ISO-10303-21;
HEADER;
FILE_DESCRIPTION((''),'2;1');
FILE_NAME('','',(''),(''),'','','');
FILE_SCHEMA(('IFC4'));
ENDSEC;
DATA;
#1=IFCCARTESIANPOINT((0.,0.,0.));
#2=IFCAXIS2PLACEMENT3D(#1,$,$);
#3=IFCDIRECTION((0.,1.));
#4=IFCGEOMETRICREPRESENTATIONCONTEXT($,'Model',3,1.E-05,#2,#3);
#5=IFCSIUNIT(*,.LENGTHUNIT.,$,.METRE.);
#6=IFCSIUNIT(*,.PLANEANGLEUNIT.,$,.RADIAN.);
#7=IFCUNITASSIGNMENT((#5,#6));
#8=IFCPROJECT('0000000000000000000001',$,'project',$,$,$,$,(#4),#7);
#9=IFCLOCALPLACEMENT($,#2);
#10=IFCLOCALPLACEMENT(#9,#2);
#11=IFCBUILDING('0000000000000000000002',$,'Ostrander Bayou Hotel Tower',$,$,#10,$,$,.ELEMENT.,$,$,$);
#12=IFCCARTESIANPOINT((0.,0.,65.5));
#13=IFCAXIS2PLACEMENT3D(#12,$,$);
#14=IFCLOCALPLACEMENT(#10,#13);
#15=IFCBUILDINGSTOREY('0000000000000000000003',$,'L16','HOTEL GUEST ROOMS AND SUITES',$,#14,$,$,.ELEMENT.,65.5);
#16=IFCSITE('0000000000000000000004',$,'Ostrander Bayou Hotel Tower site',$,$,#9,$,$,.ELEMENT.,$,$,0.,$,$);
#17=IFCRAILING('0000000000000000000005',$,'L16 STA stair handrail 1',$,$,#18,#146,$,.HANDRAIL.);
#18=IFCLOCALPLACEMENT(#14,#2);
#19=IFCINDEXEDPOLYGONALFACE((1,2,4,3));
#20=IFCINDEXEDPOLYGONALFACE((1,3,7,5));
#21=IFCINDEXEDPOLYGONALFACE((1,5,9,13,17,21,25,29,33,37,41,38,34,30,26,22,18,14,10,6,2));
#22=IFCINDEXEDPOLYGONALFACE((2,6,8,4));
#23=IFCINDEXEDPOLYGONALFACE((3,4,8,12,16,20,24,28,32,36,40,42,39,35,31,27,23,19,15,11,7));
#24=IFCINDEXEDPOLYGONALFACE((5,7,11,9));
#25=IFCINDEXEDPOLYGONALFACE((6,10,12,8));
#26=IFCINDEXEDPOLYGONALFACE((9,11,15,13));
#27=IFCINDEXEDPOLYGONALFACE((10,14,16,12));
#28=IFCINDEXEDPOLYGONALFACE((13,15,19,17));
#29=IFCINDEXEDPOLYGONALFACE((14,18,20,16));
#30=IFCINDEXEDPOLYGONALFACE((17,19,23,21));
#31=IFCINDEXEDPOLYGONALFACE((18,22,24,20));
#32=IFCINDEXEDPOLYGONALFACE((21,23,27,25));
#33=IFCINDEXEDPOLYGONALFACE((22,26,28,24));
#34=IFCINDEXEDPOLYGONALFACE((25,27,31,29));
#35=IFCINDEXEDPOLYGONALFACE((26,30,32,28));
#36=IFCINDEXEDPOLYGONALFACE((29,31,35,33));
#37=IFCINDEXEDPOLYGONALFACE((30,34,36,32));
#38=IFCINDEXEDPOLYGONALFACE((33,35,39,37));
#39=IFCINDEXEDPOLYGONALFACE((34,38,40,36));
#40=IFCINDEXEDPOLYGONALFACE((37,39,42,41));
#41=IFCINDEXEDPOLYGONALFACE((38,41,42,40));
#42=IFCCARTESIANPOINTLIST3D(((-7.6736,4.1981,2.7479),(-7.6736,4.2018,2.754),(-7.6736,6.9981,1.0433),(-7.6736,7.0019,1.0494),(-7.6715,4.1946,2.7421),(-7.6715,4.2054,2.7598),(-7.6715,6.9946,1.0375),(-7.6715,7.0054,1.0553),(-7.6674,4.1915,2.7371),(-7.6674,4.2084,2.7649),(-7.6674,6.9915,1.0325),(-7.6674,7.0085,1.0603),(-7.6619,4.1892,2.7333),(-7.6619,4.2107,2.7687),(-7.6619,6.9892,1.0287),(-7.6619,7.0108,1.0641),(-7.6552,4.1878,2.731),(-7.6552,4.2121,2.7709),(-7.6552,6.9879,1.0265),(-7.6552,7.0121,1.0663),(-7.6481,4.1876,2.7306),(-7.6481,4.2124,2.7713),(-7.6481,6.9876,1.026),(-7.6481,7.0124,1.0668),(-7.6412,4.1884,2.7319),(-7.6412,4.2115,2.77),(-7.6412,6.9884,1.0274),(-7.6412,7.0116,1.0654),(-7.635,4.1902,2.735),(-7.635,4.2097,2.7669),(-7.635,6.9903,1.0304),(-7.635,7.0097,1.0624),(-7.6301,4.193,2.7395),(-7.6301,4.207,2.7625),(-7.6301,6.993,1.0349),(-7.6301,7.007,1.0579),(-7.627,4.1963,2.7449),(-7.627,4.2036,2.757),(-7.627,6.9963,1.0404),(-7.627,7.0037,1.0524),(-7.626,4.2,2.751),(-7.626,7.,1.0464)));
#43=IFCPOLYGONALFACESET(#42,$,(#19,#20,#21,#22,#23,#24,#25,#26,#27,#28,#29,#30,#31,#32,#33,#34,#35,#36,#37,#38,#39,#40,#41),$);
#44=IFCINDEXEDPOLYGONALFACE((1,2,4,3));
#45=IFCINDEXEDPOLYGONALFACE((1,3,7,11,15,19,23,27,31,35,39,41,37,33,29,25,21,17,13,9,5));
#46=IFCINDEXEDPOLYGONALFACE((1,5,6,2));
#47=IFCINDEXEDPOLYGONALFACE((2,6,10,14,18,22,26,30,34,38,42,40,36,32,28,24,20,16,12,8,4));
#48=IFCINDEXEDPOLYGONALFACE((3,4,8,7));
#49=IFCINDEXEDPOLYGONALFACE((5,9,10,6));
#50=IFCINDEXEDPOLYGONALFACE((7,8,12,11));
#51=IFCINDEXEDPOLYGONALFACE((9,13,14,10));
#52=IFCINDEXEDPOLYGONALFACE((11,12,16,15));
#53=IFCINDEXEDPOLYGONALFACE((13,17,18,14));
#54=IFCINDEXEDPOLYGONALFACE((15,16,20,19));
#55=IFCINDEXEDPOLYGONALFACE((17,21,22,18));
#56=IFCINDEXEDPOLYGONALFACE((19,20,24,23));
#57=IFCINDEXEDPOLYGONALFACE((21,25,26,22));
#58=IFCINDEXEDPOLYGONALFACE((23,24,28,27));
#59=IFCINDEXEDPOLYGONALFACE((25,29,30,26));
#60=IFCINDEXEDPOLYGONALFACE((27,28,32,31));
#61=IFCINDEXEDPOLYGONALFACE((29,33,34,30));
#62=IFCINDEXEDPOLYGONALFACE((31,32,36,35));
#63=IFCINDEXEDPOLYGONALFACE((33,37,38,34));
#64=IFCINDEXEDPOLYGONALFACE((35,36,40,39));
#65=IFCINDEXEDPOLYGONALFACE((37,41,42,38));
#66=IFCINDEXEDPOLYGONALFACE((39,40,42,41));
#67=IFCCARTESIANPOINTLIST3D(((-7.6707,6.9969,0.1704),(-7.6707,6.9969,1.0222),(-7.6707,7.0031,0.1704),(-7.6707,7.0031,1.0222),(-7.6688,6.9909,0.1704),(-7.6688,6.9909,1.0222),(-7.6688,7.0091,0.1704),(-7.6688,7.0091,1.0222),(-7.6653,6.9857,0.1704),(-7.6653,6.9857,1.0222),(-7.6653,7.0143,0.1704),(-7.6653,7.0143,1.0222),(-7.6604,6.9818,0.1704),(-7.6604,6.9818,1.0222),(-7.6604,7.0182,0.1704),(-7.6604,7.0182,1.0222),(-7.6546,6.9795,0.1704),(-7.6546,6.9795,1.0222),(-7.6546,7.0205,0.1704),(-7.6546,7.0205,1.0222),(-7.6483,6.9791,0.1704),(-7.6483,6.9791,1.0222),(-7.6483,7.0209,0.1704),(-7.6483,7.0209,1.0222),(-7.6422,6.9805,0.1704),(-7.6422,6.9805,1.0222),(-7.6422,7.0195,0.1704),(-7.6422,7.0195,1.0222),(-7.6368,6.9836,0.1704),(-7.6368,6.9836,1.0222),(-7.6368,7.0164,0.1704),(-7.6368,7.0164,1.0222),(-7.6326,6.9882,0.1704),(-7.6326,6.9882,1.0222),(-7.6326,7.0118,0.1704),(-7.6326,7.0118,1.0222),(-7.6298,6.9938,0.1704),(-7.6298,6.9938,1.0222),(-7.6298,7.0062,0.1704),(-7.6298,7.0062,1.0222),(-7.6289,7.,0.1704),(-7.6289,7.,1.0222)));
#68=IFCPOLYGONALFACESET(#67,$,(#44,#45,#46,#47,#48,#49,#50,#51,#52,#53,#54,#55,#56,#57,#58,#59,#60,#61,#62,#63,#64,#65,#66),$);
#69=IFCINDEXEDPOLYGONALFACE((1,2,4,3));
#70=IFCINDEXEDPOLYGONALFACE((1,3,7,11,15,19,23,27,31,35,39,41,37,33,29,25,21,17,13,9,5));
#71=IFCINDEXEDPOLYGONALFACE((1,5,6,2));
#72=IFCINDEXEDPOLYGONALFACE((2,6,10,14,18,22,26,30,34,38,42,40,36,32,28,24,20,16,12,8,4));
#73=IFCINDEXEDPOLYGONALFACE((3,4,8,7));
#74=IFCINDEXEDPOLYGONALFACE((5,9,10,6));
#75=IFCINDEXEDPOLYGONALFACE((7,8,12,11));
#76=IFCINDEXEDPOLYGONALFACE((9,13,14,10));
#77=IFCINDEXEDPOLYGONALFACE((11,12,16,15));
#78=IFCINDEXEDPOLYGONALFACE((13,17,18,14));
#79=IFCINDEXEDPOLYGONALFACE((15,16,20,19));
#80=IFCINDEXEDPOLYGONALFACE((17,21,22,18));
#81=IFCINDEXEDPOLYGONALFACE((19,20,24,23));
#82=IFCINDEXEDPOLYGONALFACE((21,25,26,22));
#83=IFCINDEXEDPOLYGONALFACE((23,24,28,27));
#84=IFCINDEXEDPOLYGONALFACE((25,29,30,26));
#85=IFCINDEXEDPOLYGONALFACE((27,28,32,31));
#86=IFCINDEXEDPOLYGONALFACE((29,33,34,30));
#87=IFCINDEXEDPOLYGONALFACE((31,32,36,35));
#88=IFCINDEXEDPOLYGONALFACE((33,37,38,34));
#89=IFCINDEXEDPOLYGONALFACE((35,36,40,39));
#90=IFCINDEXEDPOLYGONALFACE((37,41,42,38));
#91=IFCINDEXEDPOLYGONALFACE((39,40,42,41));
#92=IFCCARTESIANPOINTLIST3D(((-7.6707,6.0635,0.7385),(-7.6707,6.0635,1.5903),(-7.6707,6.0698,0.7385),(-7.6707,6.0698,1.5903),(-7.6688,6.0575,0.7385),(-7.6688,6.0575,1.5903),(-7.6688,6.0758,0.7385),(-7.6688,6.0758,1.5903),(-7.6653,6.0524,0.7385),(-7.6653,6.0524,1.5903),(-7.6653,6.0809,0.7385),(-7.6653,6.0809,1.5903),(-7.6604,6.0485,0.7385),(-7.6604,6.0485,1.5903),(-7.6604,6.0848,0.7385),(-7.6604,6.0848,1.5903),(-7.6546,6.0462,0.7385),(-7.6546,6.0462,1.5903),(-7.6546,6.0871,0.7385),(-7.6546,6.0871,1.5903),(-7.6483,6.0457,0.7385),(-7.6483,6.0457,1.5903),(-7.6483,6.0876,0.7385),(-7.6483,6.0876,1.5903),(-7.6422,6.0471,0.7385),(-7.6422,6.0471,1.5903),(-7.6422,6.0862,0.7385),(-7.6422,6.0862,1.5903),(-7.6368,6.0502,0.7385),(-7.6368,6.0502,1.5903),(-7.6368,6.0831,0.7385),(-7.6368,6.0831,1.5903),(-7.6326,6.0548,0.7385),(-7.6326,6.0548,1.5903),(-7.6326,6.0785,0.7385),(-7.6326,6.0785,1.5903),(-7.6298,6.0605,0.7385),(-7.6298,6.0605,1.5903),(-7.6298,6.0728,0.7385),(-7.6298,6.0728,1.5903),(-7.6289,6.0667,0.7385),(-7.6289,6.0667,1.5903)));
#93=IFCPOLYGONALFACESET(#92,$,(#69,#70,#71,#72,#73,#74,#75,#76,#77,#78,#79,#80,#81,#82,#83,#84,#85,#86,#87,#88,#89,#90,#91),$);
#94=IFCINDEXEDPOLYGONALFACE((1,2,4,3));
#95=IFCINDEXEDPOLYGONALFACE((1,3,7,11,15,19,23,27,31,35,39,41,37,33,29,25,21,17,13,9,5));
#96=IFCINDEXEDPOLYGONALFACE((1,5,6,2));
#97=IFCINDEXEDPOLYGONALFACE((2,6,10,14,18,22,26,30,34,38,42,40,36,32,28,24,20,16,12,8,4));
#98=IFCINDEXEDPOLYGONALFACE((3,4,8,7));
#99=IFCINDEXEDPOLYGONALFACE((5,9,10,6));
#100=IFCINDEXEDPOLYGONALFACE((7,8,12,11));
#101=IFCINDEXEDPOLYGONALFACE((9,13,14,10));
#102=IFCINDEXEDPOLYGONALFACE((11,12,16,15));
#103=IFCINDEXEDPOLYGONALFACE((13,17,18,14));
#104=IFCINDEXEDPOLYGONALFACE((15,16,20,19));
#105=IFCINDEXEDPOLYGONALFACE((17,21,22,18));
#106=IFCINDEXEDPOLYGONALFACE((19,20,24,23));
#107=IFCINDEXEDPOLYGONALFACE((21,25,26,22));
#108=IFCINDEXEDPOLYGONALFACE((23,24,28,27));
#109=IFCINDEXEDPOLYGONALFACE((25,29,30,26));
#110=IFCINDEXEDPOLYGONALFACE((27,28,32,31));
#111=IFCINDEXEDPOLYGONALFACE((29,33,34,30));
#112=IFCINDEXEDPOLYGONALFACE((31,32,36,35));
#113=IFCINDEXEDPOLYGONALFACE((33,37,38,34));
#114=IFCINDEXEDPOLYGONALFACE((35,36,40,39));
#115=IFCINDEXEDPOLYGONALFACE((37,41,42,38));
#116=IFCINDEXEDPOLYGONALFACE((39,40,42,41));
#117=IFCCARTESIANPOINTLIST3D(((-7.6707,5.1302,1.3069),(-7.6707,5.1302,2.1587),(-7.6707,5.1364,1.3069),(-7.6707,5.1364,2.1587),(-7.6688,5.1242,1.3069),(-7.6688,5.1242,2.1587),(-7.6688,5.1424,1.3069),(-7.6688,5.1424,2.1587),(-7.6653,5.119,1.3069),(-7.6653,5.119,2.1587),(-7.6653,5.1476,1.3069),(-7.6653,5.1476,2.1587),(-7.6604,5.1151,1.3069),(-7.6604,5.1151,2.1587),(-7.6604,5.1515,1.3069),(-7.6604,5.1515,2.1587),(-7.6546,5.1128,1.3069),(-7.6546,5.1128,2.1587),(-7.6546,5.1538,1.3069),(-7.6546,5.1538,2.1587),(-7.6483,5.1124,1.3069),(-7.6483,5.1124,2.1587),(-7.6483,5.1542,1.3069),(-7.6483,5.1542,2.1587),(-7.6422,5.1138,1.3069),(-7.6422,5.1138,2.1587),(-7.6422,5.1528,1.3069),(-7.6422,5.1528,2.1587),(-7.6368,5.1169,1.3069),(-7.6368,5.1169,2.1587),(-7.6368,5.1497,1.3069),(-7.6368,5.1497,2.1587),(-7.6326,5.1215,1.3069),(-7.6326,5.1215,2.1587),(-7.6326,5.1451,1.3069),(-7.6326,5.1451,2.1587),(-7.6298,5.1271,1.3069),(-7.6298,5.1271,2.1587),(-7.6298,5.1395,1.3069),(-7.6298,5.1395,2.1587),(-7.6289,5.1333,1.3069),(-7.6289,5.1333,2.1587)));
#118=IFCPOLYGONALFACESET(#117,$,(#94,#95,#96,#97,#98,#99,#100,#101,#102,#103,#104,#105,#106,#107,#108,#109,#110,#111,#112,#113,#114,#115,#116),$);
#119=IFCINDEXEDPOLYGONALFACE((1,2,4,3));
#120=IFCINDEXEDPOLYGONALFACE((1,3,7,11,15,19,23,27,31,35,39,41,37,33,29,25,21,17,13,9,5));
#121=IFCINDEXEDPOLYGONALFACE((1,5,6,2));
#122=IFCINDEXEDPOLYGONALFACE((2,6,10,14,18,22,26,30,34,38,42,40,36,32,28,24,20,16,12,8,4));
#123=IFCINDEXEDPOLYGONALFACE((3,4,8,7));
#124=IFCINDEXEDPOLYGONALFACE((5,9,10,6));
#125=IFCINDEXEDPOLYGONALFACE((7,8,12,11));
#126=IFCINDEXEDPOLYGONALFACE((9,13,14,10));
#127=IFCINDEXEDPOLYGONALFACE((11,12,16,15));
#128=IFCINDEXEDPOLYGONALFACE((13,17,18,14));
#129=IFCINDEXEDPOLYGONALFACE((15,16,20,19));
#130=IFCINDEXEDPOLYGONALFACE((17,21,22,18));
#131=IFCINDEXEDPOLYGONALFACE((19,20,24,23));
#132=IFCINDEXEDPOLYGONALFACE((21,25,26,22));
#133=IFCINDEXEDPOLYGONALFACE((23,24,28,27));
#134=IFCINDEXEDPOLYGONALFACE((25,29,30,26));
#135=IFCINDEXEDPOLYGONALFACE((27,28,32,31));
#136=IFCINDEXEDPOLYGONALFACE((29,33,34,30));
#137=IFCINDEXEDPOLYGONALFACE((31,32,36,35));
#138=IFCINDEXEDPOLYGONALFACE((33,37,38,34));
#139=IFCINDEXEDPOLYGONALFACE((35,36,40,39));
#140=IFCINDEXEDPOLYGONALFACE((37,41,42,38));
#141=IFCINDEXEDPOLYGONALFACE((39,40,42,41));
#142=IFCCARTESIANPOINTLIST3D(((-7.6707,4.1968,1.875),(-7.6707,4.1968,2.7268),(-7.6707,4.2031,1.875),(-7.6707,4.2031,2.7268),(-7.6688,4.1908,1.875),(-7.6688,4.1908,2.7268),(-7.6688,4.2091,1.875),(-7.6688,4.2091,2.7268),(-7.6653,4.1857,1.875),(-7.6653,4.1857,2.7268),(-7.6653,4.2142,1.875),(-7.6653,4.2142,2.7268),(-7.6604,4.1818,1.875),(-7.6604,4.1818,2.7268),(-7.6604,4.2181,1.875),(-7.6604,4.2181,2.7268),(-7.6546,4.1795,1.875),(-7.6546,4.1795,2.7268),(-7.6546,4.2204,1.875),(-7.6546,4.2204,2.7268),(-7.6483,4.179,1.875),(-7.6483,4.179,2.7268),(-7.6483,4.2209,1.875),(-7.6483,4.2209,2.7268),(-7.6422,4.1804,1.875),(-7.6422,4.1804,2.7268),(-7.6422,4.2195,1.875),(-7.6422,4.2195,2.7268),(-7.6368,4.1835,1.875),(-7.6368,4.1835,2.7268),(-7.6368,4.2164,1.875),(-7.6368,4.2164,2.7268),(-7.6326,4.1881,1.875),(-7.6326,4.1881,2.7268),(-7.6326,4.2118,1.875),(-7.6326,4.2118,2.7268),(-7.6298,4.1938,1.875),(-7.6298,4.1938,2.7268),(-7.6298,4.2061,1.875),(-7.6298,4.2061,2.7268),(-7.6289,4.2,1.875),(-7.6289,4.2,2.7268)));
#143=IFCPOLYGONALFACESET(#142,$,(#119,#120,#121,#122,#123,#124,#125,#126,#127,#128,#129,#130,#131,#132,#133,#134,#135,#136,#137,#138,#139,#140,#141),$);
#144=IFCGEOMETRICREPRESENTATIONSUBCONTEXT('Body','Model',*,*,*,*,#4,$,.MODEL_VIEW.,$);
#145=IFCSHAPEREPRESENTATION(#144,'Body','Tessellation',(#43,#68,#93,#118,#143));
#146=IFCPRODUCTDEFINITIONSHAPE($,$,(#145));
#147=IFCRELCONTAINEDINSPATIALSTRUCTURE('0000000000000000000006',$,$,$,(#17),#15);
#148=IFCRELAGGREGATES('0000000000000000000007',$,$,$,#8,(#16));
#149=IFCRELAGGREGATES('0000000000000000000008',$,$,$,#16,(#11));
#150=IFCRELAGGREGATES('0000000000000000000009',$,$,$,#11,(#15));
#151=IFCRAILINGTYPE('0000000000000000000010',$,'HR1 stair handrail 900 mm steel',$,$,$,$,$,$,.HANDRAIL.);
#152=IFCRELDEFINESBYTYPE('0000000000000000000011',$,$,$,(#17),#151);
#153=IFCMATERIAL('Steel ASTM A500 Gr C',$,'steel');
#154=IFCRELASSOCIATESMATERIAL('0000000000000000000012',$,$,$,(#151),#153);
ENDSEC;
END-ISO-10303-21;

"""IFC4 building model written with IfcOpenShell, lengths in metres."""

from ifc_helpers import new_model, si_unit, direction, frame, origin, origin_2d, place, context, subcontext, project, spatial, circle, extrude, material, type_object, element, save


model = new_model("IFC4")

# Units and contexts
model_context = context("Model", 3, precision=1e-05, world=origin(), true_north=direction((0.0, 1.0)))
body_context = subcontext(model_context, "Body", "Model", "MODEL_VIEW")
ifc_project = project(units=[si_unit("LENGTHUNIT", "METRE"), si_unit("PLANEANGLEUNIT", "RADIAN")], contexts=[model_context])

# Site, building, storey
site_placement = place(None, origin())
site = spatial("IfcSite", under=ifc_project, at=site_placement, Name="Ostrander Bayou Hotel Tower site", CompositionType="ELEMENT", RefElevation=0.0)
building_placement = place(site_placement, origin())
building = spatial("IfcBuilding", under=site, at=building_placement, Name="Ostrander Bayou Hotel Tower", CompositionType="ELEMENT")
storey_placement = place(building_placement, frame((0.0, 0.0, 65.5)))
storey = spatial("IfcBuildingStorey", under=building, at=storey_placement, Name="L16", Description="HOTEL GUEST ROOMS AND SUITES", CompositionType="ELEMENT", Elevation=65.5)

# Railing
ifc_material_1 = material(Name="Steel ASTM A500 Gr C", Category="steel")
railing_type_1 = type_object("IfcRailingType", Name="HR1 stair handrail 900 mm steel", PredefinedType="HANDRAIL", material=ifc_material_1)
railing_1_placement = place(storey_placement, frame((-7.6499, 7.0, 0.1704)))
element("IfcRailing", 1, at=railing_1_placement, inside=storey, type_object=railing_type_1, Name="L16 STA stair handrail 1", PredefinedType="HANDRAIL", context=body_context, shape_type="SweptSolid", body=[
    extrude(circle(Radius=0.0239, at=origin_2d()), frame((0.0, 0.0, 0.876), z_axis=(0.0, -0.85417, 0.519994), x_axis=(1.0, 0.0, 0.0)), (0.0, 0.0, 1.0), 3.2781),
    extrude(circle(Radius=0.021, at=origin_2d()), origin(), (0.0, 0.0, 1.0), 0.8518),
    extrude(circle(Radius=0.021, at=origin_2d()), frame((0.0, -0.9333, 0.5681)), (0.0, 0.0, 1.0), 0.8518),
    extrude(circle(Radius=0.021, at=origin_2d()), frame((0.0, -1.8667, 1.1365)), (0.0, 0.0, 1.0), 0.8518),
    extrude(circle(Radius=0.021, at=origin_2d()), frame((0.0, -2.8, 1.7046)), (0.0, 0.0, 1.0), 0.8518),
])

save(model, "model.ifc")
